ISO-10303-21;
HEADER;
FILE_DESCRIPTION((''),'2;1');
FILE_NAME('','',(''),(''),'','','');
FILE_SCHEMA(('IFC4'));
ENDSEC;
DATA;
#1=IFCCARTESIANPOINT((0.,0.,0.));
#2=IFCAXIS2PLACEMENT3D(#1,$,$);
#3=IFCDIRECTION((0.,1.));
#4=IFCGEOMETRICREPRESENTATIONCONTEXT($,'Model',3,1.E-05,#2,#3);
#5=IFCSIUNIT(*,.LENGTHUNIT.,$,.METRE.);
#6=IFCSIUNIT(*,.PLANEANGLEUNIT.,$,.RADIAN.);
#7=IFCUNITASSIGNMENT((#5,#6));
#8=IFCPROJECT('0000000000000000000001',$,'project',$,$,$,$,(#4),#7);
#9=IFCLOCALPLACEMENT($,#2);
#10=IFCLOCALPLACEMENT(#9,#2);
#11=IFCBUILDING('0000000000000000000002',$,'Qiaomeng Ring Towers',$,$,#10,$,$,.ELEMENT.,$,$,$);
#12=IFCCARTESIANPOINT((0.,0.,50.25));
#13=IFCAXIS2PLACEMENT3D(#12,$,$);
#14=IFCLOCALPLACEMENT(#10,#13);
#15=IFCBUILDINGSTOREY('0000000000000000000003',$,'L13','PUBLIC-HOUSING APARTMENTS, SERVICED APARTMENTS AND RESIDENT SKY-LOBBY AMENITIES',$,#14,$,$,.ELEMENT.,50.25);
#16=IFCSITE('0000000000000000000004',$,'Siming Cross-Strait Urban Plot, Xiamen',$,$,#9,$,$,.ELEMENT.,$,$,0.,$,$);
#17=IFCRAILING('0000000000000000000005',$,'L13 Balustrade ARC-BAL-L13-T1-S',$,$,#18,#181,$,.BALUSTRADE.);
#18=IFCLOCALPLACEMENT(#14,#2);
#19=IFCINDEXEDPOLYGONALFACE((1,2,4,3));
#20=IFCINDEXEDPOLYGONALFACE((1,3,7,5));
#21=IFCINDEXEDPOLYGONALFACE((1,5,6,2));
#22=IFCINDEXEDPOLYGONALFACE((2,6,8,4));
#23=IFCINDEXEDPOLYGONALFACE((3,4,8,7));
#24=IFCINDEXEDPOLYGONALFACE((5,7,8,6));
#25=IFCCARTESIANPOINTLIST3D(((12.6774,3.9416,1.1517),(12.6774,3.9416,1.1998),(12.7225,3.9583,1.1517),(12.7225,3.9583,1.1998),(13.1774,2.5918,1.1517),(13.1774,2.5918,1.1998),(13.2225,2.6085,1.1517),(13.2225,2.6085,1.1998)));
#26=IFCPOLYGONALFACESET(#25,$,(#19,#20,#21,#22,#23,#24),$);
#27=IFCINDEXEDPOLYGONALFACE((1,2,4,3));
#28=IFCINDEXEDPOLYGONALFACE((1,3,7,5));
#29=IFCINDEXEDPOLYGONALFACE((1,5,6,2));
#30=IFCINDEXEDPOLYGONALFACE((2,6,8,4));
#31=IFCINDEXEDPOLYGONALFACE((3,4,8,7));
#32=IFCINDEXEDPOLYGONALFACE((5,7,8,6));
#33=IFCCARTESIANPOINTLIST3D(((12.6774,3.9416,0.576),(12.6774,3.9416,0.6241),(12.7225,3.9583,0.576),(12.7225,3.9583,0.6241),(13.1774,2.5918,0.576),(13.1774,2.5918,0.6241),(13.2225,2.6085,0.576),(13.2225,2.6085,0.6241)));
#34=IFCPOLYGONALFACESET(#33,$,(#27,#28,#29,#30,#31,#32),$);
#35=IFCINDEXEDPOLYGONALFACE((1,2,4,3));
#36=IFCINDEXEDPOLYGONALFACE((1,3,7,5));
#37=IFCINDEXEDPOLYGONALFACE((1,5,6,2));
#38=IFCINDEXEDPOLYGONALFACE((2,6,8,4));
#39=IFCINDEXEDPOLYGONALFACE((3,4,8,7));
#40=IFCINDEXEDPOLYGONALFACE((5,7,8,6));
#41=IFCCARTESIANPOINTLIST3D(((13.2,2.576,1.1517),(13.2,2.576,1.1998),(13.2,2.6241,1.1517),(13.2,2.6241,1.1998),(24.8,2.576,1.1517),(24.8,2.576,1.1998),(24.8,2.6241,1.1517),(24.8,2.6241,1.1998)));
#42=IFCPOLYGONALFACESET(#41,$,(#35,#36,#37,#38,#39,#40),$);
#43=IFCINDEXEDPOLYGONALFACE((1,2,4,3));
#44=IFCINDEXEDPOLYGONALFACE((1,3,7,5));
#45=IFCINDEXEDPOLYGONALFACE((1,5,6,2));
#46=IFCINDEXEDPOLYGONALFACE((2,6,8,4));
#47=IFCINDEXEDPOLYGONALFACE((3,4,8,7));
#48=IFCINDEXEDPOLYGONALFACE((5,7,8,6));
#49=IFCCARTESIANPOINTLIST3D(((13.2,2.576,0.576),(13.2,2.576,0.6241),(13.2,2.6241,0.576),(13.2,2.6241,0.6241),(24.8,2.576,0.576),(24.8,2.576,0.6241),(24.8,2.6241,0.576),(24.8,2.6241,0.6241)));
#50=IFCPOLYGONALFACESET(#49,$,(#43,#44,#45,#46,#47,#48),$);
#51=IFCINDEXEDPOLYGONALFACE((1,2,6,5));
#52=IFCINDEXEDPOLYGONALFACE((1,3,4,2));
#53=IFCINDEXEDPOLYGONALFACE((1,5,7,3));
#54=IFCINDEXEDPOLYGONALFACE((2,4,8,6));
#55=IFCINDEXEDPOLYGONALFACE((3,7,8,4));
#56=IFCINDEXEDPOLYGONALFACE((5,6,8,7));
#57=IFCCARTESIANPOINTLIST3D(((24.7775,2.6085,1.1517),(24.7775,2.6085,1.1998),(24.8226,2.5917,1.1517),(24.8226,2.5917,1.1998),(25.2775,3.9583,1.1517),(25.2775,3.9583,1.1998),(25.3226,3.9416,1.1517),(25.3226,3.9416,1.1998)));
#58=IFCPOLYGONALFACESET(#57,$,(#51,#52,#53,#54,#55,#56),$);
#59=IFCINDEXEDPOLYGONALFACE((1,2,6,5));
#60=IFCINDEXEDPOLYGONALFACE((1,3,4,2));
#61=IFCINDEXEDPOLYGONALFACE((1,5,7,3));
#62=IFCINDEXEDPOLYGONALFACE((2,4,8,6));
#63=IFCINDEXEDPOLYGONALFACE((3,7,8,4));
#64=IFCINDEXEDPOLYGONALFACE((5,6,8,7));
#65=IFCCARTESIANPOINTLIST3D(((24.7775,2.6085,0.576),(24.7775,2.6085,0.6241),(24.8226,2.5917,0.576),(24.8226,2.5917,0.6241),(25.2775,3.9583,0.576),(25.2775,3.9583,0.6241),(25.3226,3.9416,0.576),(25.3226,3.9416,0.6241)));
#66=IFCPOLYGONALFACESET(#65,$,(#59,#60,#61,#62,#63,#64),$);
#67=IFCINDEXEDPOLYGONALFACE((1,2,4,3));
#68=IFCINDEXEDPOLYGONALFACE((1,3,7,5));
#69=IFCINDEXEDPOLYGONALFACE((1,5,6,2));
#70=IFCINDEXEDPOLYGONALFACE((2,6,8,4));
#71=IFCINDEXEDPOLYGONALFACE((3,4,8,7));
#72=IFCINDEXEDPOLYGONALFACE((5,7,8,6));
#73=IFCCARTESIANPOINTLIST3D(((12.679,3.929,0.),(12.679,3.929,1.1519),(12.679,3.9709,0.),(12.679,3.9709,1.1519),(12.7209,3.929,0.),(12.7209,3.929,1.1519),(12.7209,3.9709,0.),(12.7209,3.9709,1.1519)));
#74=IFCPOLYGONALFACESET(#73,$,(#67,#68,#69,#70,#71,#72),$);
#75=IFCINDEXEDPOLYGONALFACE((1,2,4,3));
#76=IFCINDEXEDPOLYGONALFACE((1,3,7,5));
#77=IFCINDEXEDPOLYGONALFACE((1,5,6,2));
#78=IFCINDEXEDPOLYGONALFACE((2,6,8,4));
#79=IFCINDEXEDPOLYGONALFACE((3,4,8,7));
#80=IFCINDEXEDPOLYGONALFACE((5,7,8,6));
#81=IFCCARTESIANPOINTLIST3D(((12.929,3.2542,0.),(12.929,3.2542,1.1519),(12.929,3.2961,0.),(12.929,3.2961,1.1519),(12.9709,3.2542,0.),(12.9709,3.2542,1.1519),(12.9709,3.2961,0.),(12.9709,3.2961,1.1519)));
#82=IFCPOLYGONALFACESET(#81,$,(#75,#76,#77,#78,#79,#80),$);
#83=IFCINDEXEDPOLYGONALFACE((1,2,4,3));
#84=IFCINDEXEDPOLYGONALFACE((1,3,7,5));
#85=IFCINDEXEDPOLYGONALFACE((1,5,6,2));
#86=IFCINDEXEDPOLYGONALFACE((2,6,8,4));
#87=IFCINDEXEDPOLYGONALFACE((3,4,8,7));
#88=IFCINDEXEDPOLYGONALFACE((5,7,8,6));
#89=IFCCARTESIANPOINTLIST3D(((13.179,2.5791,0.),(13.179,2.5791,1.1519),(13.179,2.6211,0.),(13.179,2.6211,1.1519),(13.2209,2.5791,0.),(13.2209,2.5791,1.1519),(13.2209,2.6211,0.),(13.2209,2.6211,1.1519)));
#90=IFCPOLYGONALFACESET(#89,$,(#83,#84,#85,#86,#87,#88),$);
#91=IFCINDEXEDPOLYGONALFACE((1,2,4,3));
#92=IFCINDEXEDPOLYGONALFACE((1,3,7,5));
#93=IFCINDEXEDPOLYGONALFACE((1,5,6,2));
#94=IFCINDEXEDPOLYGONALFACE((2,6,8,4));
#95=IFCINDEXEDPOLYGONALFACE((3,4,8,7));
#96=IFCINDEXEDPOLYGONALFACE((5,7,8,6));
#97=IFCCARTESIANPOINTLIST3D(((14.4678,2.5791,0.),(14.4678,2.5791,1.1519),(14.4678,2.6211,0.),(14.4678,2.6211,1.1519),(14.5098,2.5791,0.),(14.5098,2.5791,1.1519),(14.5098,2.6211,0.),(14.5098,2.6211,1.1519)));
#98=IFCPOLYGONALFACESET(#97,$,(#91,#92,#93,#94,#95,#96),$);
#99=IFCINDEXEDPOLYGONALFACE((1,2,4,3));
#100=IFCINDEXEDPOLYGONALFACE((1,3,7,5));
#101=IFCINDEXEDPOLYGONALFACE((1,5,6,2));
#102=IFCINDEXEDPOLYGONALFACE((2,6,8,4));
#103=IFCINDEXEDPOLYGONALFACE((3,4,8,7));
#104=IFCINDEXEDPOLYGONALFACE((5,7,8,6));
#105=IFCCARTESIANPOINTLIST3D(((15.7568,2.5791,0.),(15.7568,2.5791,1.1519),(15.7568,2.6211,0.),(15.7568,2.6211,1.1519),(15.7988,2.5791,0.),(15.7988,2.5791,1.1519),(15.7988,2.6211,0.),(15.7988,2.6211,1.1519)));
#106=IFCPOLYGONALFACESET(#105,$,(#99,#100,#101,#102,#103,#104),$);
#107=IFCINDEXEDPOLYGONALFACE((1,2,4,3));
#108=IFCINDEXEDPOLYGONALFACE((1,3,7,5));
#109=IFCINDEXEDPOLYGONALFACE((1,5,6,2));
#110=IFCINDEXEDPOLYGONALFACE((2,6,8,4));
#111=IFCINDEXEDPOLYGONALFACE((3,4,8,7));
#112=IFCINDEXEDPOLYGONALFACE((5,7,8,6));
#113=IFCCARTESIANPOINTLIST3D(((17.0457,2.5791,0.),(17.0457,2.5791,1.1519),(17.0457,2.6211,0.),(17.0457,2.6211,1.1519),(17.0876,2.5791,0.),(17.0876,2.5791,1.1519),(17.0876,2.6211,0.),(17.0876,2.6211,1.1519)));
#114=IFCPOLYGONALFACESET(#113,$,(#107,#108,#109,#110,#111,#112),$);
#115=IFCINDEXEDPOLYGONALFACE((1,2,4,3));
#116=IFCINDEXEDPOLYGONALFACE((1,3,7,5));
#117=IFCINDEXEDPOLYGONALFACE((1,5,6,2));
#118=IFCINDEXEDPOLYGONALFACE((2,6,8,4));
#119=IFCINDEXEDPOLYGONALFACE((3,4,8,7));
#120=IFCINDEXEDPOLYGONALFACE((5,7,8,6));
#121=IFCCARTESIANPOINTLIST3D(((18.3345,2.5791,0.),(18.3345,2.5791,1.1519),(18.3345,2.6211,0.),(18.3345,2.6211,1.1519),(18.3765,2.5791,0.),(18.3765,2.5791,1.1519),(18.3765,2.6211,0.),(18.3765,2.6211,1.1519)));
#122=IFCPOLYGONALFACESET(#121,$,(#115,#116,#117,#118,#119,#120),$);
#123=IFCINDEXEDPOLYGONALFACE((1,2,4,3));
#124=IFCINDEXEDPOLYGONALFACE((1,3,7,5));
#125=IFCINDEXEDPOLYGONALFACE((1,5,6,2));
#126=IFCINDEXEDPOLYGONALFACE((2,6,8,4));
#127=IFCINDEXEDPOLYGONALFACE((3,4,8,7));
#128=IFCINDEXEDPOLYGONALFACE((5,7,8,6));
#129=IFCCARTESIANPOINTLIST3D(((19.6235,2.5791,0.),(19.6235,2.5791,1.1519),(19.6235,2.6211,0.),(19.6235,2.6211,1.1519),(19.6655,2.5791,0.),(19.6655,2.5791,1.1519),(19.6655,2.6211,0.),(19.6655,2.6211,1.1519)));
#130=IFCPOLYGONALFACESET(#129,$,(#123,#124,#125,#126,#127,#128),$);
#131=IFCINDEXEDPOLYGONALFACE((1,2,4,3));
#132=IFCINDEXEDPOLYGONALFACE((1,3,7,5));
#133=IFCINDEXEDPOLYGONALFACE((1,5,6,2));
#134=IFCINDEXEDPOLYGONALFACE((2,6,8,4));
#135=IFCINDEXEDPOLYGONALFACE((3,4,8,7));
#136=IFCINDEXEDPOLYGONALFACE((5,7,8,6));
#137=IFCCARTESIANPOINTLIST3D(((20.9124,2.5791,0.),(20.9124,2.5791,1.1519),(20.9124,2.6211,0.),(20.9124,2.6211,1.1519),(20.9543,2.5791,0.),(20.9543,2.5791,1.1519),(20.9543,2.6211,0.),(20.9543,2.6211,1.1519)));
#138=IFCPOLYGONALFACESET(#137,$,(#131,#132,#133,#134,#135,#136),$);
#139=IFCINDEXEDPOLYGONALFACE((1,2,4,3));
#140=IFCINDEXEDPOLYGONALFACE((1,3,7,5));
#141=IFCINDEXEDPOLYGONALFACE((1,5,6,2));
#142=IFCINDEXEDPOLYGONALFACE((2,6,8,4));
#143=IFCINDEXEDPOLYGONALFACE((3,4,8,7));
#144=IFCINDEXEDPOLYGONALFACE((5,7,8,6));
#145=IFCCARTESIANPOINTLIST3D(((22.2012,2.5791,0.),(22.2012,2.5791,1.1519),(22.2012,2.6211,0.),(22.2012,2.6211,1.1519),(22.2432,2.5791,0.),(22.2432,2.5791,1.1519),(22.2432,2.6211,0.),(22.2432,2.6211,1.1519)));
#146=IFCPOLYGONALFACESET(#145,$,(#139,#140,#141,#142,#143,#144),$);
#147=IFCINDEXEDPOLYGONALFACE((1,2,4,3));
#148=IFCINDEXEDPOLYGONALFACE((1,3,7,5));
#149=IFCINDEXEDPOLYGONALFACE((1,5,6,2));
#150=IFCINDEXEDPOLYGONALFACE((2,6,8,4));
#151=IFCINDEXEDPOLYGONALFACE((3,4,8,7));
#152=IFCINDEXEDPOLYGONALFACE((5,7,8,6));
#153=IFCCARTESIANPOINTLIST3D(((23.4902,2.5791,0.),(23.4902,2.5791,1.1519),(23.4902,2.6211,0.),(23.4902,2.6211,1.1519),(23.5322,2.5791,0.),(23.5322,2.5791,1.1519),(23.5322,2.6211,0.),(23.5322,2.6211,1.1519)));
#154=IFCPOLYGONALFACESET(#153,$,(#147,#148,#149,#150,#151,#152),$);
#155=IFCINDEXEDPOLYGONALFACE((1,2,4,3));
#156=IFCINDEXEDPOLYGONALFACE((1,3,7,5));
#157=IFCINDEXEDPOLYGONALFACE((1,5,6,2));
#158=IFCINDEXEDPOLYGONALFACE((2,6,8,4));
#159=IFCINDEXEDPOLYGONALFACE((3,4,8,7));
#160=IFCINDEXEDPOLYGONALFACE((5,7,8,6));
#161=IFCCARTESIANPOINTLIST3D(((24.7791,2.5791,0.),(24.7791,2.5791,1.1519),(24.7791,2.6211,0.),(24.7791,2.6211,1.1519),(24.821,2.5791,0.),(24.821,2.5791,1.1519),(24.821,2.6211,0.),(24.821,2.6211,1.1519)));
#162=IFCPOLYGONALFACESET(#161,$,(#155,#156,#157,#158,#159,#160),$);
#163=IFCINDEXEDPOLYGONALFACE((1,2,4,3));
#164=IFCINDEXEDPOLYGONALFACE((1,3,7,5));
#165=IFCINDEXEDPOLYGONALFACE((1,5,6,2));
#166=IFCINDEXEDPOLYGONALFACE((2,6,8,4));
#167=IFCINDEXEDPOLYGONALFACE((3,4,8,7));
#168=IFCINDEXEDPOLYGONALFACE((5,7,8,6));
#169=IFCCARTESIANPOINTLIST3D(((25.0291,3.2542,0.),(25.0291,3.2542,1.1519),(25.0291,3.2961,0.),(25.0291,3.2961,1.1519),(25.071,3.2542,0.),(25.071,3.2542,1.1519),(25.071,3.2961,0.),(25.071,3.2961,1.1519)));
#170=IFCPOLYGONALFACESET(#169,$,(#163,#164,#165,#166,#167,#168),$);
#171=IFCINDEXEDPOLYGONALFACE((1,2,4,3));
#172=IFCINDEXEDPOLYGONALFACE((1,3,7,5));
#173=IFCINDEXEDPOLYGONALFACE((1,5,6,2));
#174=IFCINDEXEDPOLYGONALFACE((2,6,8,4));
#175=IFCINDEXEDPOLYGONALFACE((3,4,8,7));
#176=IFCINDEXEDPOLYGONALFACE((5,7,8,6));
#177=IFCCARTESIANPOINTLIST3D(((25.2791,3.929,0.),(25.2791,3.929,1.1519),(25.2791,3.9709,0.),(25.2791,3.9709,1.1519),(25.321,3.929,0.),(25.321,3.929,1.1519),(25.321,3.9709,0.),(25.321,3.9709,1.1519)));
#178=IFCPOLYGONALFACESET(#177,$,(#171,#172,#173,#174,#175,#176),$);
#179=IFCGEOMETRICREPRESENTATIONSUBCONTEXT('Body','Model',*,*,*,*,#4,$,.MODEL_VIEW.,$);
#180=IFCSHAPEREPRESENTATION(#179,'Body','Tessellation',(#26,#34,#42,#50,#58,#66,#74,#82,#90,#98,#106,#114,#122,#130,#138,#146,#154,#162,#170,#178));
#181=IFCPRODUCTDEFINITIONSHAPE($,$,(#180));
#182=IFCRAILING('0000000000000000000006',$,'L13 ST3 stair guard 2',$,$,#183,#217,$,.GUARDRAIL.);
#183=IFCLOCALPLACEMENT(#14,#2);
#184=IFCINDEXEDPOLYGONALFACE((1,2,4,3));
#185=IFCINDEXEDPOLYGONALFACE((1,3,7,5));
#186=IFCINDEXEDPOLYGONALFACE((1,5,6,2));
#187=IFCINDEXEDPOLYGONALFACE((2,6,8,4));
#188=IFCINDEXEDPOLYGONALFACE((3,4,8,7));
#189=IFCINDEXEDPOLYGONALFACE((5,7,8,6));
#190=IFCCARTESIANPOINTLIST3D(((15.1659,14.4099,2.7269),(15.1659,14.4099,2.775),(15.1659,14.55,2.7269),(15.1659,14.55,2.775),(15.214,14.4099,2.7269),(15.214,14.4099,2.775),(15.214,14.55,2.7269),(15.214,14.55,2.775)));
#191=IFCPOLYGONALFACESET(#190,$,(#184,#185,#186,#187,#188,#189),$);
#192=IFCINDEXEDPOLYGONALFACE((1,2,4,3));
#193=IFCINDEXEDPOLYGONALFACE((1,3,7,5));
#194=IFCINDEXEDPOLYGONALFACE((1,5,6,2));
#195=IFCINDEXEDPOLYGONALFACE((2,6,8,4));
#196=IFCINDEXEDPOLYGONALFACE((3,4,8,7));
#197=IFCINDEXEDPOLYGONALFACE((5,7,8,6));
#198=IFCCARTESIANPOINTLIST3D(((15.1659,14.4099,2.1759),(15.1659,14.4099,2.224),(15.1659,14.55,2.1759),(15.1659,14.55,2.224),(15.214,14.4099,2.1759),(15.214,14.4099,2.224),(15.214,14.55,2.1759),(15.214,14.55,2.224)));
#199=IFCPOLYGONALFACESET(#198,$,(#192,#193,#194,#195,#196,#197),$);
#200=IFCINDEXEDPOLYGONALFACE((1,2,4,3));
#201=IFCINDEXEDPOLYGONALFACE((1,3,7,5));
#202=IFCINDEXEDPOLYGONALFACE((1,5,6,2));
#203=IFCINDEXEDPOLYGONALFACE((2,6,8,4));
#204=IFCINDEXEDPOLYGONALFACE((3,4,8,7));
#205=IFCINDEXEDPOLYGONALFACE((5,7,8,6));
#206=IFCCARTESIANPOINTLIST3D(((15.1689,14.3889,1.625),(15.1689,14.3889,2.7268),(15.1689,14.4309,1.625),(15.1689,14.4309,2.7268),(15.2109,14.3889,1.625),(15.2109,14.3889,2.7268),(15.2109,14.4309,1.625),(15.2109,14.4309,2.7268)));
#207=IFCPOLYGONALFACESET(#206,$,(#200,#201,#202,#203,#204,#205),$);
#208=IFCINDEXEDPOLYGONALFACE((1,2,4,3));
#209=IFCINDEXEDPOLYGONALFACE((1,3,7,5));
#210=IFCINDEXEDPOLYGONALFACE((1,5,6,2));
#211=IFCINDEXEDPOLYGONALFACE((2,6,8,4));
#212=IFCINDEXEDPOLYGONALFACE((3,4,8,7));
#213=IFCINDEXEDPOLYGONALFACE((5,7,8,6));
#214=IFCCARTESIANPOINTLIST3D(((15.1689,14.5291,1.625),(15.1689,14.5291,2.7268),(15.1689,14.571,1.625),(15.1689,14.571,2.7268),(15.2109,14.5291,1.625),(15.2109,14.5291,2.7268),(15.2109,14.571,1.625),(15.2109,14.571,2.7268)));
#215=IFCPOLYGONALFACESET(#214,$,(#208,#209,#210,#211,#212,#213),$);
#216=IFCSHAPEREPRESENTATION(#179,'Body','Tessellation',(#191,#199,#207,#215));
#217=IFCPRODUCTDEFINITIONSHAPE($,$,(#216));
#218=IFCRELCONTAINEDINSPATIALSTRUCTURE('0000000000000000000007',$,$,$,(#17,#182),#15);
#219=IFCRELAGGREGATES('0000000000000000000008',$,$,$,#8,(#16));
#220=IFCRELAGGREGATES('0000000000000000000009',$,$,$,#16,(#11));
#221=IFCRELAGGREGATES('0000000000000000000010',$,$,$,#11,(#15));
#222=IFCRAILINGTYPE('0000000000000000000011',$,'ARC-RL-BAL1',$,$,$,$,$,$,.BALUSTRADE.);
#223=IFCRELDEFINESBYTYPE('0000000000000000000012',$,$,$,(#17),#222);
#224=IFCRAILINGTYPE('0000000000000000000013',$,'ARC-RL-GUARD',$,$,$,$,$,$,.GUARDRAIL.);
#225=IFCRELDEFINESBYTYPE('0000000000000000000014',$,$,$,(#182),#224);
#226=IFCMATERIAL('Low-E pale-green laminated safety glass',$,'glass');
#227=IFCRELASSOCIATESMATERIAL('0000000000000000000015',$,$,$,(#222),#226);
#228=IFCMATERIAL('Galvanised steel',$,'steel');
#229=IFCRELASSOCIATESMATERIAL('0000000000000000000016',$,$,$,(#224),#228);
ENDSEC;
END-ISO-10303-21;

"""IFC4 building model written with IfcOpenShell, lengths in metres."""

from ifc_helpers import new_model, si_unit, direction, frame, origin, origin_2d, place, context, subcontext, project, spatial, rectangle, extrude, material, type_object, element, save


model = new_model("IFC4")

# Units and contexts
model_context = context("Model", 3, precision=1e-05, world=origin(), true_north=direction((0.0, 1.0)))
body_context = subcontext(model_context, "Body", "Model", "MODEL_VIEW")
ifc_project = project(units=[si_unit("LENGTHUNIT", "METRE"), si_unit("PLANEANGLEUNIT", "RADIAN")], contexts=[model_context])

# Site, building, storey
site_placement = place(None, origin())
site = spatial("IfcSite", under=ifc_project, at=site_placement, Name="Siming Cross-Strait Urban Plot, Xiamen", CompositionType="ELEMENT", RefElevation=0.0)
building_placement = place(site_placement, origin())
building = spatial("IfcBuilding", under=site, at=building_placement, Name="Qiaomeng Ring Towers", CompositionType="ELEMENT")
storey_placement = place(building_placement, frame((0.0, 0.0, 50.25)))
storey = spatial("IfcBuildingStorey", under=building, at=storey_placement, Name="L13", Description="PUBLIC-HOUSING APARTMENTS, SERVICED APARTMENTS AND RESIDENT SKY-LOBBY AMENITIES", CompositionType="ELEMENT", Elevation=50.25)

# Shared definitions
ifc_material_1 = material(Name="Galvanised steel", Category="steel")

# Railings
ifc_material_2 = material(Name="Low-E pale-green laminated safety glass", Category="glass")
railing_type_1 = type_object("IfcRailingType", Name="ARC-RL-BAL1", PredefinedType="BALUSTRADE", material=ifc_material_2)
railing_1_placement = place(storey_placement, frame((12.7, 3.95, 0.0)))
element("IfcRailing", 1, at=railing_1_placement, inside=storey, type_object=railing_type_1, Name="L13 Balustrade ARC-BAL-L13-T1-S", PredefinedType="BALUSTRADE", context=body_context, shape_type="SweptSolid", body=[
    extrude(rectangle(XDim=0.0481, YDim=0.0481, at=origin_2d()), frame((0.0, 0.0, 1.1758), z_axis=(0.347347, -0.937736, 0.0), x_axis=(0.937736, 0.347347, 0.0)), (0.0, 0.0, 1.0), 1.4395),
    extrude(rectangle(XDim=0.0481, YDim=0.0481, at=origin_2d()), frame((0.0, 0.0, 0.6001), z_axis=(0.347347, -0.937736, 0.0), x_axis=(0.937736, 0.347347, 0.0)), (0.0, 0.0, 1.0), 1.4395),
    extrude(rectangle(XDim=0.0481, YDim=0.0481, at=origin_2d()), frame((0.5, -1.3499, 1.1758), z_axis=(1.0, 0.0, 0.0), x_axis=(0.0, 1.0, 0.0)), (0.0, 0.0, 1.0), 11.6001),
    extrude(rectangle(XDim=0.0481, YDim=0.0481, at=origin_2d()), frame((0.5, -1.3499, 0.6001), z_axis=(1.0, 0.0, 0.0), x_axis=(0.0, 1.0, 0.0)), (0.0, 0.0, 1.0), 11.6001),
    extrude(rectangle(XDim=0.0481, YDim=0.0481, at=origin_2d()), frame((12.1001, -1.3499, 1.1758), z_axis=(0.347347, 0.937736, 0.0), x_axis=(-0.937736, 0.347347, 0.0)), (0.0, 0.0, 1.0), 1.4395),
    extrude(rectangle(XDim=0.0481, YDim=0.0481, at=origin_2d()), frame((12.1001, -1.3499, 0.6001), z_axis=(0.347347, 0.937736, 0.0), x_axis=(-0.937736, 0.347347, 0.0)), (0.0, 0.0, 1.0), 1.4395),
    extrude(rectangle(XDim=0.042, YDim=0.042, at=origin_2d()), origin(), (0.0, 0.0, 1.0), 1.1519),
    extrude(rectangle(XDim=0.042, YDim=0.042, at=origin_2d()), frame((0.25, -0.6748, 0.0)), (0.0, 0.0, 1.0), 1.1519),
    extrude(rectangle(XDim=0.042, YDim=0.042, at=origin_2d()), frame((0.5, -1.3499, 0.0)), (0.0, 0.0, 1.0), 1.1519),
    extrude(rectangle(XDim=0.042, YDim=0.042, at=origin_2d()), frame((1.7888, -1.3499, 0.0)), (0.0, 0.0, 1.0), 1.1519),
    extrude(rectangle(XDim=0.042, YDim=0.042, at=origin_2d()), frame((3.0779, -1.3499, 0.0)), (0.0, 0.0, 1.0), 1.1519),
    extrude(rectangle(XDim=0.042, YDim=0.042, at=origin_2d()), frame((4.3667, -1.3499, 0.0)), (0.0, 0.0, 1.0), 1.1519),
    extrude(rectangle(XDim=0.042, YDim=0.042, at=origin_2d()), frame((5.6555, -1.3499, 0.0)), (0.0, 0.0, 1.0), 1.1519),
    extrude(rectangle(XDim=0.042, YDim=0.042, at=origin_2d()), frame((6.9446, -1.3499, 0.0)), (0.0, 0.0, 1.0), 1.1519),
    extrude(rectangle(XDim=0.042, YDim=0.042, at=origin_2d()), frame((8.2334, -1.3499, 0.0)), (0.0, 0.0, 1.0), 1.1519),
    extrude(rectangle(XDim=0.042, YDim=0.042, at=origin_2d()), frame((9.5222, -1.3499, 0.0)), (0.0, 0.0, 1.0), 1.1519),
    extrude(rectangle(XDim=0.042, YDim=0.042, at=origin_2d()), frame((10.8113, -1.3499, 0.0)), (0.0, 0.0, 1.0), 1.1519),
    extrude(rectangle(XDim=0.042, YDim=0.042, at=origin_2d()), frame((12.1001, -1.3499, 0.0)), (0.0, 0.0, 1.0), 1.1519),
    extrude(rectangle(XDim=0.042, YDim=0.042, at=origin_2d()), frame((12.3501, -0.6748, 0.0)), (0.0, 0.0, 1.0), 1.1519),
    extrude(rectangle(XDim=0.042, YDim=0.042, at=origin_2d()), frame((12.6001, 0.0, 0.0)), (0.0, 0.0, 1.0), 1.1519),
])
railing_type_2 = type_object("IfcRailingType", Name="ARC-RL-GUARD", PredefinedType="GUARDRAIL", material=ifc_material_1)
railing_2_placement = place(storey_placement, frame((15.1899, 14.4099, 1.625)))
element("IfcRailing", 2, at=railing_2_placement, inside=storey, type_object=railing_type_2, Name="L13 ST3 stair guard 2", PredefinedType="GUARDRAIL", context=body_context, shape_type="SweptSolid", body=[
    extrude(rectangle(XDim=0.0481, YDim=0.0481, at=origin_2d()), frame((0.0, 0.0, 1.126), z_axis=(0.0, 1.0, 0.0), x_axis=(-1.0, 0.0, 0.0)), (0.0, 0.0, 1.0), 0.1401),
    extrude(rectangle(XDim=0.0481, YDim=0.0481, at=origin_2d()), frame((0.0, 0.0, 0.575), z_axis=(0.0, 1.0, 0.0), x_axis=(-1.0, 0.0, 0.0)), (0.0, 0.0, 1.0), 0.1401),
    extrude(rectangle(XDim=0.042, YDim=0.042, at=origin_2d()), origin(), (0.0, 0.0, 1.0), 1.1018),
    extrude(rectangle(XDim=0.042, YDim=0.042, at=origin_2d()), frame((0.0, 0.1401, 0.0)), (0.0, 0.0, 1.0), 1.1018),
])

save(model, "model.ifc")
